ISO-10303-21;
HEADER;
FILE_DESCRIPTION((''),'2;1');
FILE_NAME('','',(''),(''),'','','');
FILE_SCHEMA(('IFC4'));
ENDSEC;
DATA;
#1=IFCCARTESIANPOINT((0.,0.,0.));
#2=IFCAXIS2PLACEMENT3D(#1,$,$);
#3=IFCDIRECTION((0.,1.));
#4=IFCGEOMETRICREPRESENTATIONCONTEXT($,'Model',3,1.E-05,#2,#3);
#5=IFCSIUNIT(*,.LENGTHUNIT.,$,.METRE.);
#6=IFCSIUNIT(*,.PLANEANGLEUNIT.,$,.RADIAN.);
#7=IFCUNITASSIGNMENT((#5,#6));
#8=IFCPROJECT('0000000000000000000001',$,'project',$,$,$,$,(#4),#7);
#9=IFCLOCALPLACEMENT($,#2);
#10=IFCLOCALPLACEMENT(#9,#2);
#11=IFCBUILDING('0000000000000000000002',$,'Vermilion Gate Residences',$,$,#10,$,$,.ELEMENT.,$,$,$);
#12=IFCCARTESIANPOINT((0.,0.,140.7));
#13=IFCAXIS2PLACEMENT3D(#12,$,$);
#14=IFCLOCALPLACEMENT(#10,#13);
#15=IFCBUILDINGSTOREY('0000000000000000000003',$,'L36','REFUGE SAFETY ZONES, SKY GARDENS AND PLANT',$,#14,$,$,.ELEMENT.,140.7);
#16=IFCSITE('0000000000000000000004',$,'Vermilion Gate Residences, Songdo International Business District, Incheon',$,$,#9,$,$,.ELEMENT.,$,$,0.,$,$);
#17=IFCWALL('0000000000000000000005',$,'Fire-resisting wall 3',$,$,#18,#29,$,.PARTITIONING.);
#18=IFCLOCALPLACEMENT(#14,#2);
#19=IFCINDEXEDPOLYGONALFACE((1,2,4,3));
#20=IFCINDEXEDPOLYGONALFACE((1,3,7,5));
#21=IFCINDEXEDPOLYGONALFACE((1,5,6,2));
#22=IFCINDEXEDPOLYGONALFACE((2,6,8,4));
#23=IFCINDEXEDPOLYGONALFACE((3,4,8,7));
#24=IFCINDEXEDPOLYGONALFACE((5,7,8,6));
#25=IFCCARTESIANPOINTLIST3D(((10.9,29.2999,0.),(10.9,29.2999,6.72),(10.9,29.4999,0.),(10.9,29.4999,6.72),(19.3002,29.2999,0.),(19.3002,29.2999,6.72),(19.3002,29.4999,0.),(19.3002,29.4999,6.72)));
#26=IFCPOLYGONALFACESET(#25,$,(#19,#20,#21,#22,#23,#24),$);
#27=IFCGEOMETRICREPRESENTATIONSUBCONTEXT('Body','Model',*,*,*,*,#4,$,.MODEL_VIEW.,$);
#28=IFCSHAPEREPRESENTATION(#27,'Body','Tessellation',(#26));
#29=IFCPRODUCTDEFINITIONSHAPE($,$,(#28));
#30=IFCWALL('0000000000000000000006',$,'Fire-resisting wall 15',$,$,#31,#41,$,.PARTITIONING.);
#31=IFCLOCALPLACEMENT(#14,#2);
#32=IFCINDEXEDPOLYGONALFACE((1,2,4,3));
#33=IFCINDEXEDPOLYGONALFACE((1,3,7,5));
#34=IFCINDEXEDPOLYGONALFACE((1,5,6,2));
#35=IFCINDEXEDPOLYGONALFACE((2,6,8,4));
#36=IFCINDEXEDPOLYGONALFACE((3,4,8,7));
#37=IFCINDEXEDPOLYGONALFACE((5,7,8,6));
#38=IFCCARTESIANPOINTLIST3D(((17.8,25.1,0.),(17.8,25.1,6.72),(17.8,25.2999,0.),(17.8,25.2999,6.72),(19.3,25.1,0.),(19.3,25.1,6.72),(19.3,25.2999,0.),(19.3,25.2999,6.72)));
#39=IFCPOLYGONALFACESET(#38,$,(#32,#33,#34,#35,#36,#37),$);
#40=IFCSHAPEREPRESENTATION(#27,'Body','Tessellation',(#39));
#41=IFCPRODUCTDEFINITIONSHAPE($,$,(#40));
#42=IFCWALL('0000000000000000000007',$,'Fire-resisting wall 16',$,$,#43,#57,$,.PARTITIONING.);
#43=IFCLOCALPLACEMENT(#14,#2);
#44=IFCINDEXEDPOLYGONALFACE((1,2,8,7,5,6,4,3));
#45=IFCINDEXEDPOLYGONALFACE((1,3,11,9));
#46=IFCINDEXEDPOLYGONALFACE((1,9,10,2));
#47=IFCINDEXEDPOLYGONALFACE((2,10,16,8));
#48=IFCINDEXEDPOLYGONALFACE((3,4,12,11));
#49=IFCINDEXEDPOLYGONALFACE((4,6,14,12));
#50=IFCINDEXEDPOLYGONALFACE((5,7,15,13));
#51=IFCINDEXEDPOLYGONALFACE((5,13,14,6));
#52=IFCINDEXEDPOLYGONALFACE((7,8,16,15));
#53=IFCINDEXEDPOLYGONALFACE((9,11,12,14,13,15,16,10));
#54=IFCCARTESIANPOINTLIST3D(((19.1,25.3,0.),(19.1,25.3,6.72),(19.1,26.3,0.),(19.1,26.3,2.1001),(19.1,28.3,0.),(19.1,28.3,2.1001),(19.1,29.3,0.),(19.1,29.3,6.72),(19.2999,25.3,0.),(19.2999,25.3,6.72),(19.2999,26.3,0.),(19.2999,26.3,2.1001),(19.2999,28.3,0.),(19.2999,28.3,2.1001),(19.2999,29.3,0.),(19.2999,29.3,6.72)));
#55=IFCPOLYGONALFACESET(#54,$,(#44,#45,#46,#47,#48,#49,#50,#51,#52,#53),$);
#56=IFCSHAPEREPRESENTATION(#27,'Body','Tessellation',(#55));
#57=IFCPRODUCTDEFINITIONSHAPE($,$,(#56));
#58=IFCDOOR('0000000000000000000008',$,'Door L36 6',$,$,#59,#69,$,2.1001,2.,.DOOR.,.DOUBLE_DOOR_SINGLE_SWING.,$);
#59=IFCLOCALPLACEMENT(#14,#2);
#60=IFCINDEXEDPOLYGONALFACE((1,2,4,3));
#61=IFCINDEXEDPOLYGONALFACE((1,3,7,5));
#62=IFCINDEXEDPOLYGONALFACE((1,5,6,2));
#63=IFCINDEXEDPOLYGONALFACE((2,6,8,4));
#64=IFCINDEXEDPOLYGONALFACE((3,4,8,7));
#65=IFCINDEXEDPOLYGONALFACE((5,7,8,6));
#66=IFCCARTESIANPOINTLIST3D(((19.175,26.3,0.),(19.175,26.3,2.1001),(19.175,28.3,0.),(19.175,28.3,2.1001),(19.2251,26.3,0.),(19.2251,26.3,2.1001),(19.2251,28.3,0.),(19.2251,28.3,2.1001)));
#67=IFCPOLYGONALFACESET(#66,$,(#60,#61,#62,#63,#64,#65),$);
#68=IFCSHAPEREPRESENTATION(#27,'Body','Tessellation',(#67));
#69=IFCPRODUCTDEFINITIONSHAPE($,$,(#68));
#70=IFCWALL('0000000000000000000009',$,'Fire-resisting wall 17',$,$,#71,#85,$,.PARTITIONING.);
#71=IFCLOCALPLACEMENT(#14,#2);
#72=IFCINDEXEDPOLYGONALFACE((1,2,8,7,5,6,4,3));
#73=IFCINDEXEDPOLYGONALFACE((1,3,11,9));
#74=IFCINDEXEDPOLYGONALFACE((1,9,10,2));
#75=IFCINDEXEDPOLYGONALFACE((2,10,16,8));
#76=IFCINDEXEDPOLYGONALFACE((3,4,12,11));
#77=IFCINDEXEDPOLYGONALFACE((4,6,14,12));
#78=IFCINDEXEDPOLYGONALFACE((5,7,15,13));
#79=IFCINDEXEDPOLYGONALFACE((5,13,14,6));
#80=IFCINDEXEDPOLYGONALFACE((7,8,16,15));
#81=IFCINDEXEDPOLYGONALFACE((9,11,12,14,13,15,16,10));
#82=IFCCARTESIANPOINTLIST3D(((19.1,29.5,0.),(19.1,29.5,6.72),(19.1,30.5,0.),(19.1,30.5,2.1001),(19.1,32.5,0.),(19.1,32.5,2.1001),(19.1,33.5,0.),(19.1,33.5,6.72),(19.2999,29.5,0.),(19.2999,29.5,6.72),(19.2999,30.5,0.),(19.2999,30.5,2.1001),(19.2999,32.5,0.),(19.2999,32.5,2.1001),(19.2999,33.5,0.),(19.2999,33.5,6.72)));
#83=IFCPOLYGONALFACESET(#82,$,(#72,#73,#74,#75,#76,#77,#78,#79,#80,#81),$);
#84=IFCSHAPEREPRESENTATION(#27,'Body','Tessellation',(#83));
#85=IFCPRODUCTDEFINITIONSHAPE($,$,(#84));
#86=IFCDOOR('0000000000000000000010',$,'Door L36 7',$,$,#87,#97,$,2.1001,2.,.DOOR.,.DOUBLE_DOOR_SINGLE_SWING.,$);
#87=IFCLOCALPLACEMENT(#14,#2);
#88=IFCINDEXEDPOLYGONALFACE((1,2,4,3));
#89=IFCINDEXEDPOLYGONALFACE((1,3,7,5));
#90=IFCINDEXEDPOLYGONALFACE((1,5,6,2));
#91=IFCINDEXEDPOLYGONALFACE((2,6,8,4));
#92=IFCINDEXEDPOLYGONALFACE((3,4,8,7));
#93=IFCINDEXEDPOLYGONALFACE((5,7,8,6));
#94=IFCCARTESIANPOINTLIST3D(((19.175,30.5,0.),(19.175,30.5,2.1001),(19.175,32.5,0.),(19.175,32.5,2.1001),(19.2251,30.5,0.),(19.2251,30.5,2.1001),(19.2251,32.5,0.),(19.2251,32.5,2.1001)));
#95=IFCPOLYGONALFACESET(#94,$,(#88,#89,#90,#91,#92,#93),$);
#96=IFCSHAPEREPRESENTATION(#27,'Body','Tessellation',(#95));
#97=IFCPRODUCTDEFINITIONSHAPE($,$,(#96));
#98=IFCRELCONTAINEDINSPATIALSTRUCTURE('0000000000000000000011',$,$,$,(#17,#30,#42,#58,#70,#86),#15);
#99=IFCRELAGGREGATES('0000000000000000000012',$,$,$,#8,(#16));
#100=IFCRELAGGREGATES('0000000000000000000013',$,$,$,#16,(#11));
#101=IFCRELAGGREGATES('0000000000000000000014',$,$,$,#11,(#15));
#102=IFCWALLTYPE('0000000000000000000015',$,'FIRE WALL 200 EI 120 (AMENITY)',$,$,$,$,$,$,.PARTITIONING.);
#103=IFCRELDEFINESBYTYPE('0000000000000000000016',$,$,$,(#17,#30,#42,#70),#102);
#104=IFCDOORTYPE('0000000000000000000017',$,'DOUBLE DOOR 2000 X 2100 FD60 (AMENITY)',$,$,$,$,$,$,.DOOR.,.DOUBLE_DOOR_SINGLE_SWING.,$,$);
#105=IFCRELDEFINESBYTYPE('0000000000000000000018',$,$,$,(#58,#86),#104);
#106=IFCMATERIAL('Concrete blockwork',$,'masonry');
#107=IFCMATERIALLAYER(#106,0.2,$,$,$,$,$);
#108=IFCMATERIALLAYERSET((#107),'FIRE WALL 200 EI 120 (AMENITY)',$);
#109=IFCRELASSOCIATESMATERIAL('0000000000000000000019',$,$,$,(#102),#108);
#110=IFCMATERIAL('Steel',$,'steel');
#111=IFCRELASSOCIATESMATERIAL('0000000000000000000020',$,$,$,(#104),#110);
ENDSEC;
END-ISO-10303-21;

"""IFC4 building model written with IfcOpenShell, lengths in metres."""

from ifc_helpers import new_model, si_unit, direction, frame, frame_2d, origin, place, context, subcontext, project, spatial, rectangle, extrude, material, layer, layer_set, type_object, element, fill, save


model = new_model("IFC4")

# Units and contexts
model_context = context("Model", 3, precision=1e-05, world=origin(), true_north=direction((0.0, 1.0)))
body_context = subcontext(model_context, "Body", "Model", "MODEL_VIEW")
ifc_project = project(units=[si_unit("LENGTHUNIT", "METRE"), si_unit("PLANEANGLEUNIT", "RADIAN")], contexts=[model_context])

# Site, building, storey
site_placement = place(None, origin())
site = spatial("IfcSite", under=ifc_project, at=site_placement, Name="Vermilion Gate Residences, Songdo International Business District, Incheon", CompositionType="ELEMENT", RefElevation=0.0)
building_placement = place(site_placement, origin())
building = spatial("IfcBuilding", under=site, at=building_placement, Name="Vermilion Gate Residences", CompositionType="ELEMENT")
storey_placement = place(building_placement, frame((0.0, 0.0, 140.7)))
storey = spatial("IfcBuildingStorey", under=building, at=storey_placement, Name="L36", Description="REFUGE SAFETY ZONES, SKY GARDENS AND PLANT", CompositionType="ELEMENT", Elevation=140.7)

# Walls
ifc_material_1 = material(Name="Concrete blockwork", Category="masonry")
ifc_layer_1 = layer(ifc_material_1, 0.2)
ifc_layer_set_1 = layer_set([ifc_layer_1], Name="FIRE WALL 200 EI 120 (AMENITY)")
wall_type_1 = type_object("IfcWallType", Name="FIRE WALL 200 EI 120 (AMENITY)", PredefinedType="PARTITIONING", material=ifc_layer_set_1)
wall_1_placement = place(storey_placement, frame((10.8999, 29.3999, 0.0), z_axis=(0.0, 0.0, 1.0), x_axis=(1.0, 0.0, 0.0)))
element("IfcWall", 1, at=wall_1_placement, inside=storey, type_object=wall_type_1, Name="Fire-resisting wall 3", PredefinedType="PARTITIONING", context=body_context, shape_type="SweptSolid", body=[
    extrude(rectangle(XDim=8.4001, YDim=0.2, at=frame_2d((4.2002, 0.0))), origin(), (0.0, 0.0, 1.0), 6.72),
])
wall_2_placement = place(storey_placement, frame((17.8, 25.2, 0.0), z_axis=(0.0, 0.0, 1.0), x_axis=(1.0, 0.0, 0.0)))
element("IfcWall", 2, at=wall_2_placement, inside=storey, type_object=wall_type_1, Name="Fire-resisting wall 15", PredefinedType="PARTITIONING", context=body_context, shape_type="SweptSolid", body=[
    extrude(rectangle(XDim=1.5, YDim=0.2, at=frame_2d((0.75, 0.0))), origin(), (0.0, 0.0, 1.0), 6.72),
])

# Walls, openings, doors
wall_3_placement = place(storey_placement, frame((19.2, 25.3, 0.0), z_axis=(0.0, 0.0, 1.0), x_axis=(0.0, 1.0, 0.0)))
wall_3 = element("IfcWall", 3, at=wall_3_placement, inside=storey, type_object=wall_type_1, Name="Fire-resisting wall 16", PredefinedType="PARTITIONING", context=body_context, shape_type="SweptSolid", body=[
    extrude(rectangle(XDim=4.0, YDim=0.2, at=frame_2d((2.0, 0.0))), origin(), (0.0, 0.0, 1.0), 6.72),
])
opening_1_placement = place(wall_3_placement, frame((1.0, 0.0, 0.0)))
opening_1 = element("IfcOpeningElement", 4, at=opening_1_placement, cuts=wall_3, PredefinedType="OPENING", context=body_context, shape_type="SweptSolid", body=[
    extrude(rectangle(XDim=2.0, YDim=2.1001, at=frame_2d((1.0, 1.05))), frame((0.0, 0.1099, 0.0), z_axis=(0.0, -1.0, 0.0), x_axis=(1.0, 0.0, 0.0)), (0.0, 0.0, 1.0), 0.22),
])
ifc_material_2 = material(Name="Steel", Category="steel")
door_type_1 = type_object("IfcDoorType", Name="DOUBLE DOOR 2000 X 2100 FD60 (AMENITY)", OperationType="DOUBLE_DOOR_SINGLE_SWING", PredefinedType="DOOR", material=ifc_material_2)
door_1_placement = place(opening_1_placement, origin())
door_1 = element("IfcDoor", 5, at=door_1_placement, inside=storey, type_object=door_type_1, Name="Door L36 6", OperationType="DOUBLE_DOOR_SINGLE_SWING", OverallHeight=2.1001, OverallWidth=2.0, PredefinedType="DOOR", context=body_context, shape_type="SweptSolid", body=[
    extrude(rectangle(XDim=2.0, YDim=2.1001, at=frame_2d((1.0, 1.05))), frame((0.0, 0.0249, 0.0), z_axis=(0.0, -1.0, 0.0), x_axis=(1.0, 0.0, 0.0)), (0.0, 0.0, 1.0), 0.05),
])
fill(opening_1, door_1)
wall_4_placement = place(storey_placement, frame((19.2, 29.5, 0.0), z_axis=(0.0, 0.0, 1.0), x_axis=(0.0, 1.0, 0.0)))
wall_4 = element("IfcWall", 6, at=wall_4_placement, inside=storey, type_object=wall_type_1, Name="Fire-resisting wall 17", PredefinedType="PARTITIONING", context=body_context, shape_type="SweptSolid", body=[
    extrude(rectangle(XDim=4.0, YDim=0.2, at=frame_2d((2.0, 0.0))), origin(), (0.0, 0.0, 1.0), 6.72),
])
opening_2_placement = place(wall_4_placement, frame((1.0, 0.0, 0.0)))
opening_2 = element("IfcOpeningElement", 7, at=opening_2_placement, cuts=wall_4, PredefinedType="OPENING", context=body_context, shape_type="SweptSolid", body=[
    extrude(rectangle(XDim=2.0, YDim=2.1001, at=frame_2d((1.0, 1.05))), frame((0.0, 0.1099, 0.0), z_axis=(0.0, -1.0, 0.0), x_axis=(1.0, 0.0, 0.0)), (0.0, 0.0, 1.0), 0.22),
])
door_2_placement = place(opening_2_placement, origin())
door_2 = element("IfcDoor", 8, at=door_2_placement, inside=storey, type_object=door_type_1, Name="Door L36 7", OperationType="DOUBLE_DOOR_SINGLE_SWING", OverallHeight=2.1001, OverallWidth=2.0, PredefinedType="DOOR", context=body_context, shape_type="SweptSolid", body=[
    extrude(rectangle(XDim=2.0, YDim=2.1001, at=frame_2d((1.0, 1.05))), frame((0.0, 0.0249, 0.0), z_axis=(0.0, -1.0, 0.0), x_axis=(1.0, 0.0, 0.0)), (0.0, 0.0, 1.0), 0.05),
])
fill(opening_2, door_2)

save(model, "model.ifc")
